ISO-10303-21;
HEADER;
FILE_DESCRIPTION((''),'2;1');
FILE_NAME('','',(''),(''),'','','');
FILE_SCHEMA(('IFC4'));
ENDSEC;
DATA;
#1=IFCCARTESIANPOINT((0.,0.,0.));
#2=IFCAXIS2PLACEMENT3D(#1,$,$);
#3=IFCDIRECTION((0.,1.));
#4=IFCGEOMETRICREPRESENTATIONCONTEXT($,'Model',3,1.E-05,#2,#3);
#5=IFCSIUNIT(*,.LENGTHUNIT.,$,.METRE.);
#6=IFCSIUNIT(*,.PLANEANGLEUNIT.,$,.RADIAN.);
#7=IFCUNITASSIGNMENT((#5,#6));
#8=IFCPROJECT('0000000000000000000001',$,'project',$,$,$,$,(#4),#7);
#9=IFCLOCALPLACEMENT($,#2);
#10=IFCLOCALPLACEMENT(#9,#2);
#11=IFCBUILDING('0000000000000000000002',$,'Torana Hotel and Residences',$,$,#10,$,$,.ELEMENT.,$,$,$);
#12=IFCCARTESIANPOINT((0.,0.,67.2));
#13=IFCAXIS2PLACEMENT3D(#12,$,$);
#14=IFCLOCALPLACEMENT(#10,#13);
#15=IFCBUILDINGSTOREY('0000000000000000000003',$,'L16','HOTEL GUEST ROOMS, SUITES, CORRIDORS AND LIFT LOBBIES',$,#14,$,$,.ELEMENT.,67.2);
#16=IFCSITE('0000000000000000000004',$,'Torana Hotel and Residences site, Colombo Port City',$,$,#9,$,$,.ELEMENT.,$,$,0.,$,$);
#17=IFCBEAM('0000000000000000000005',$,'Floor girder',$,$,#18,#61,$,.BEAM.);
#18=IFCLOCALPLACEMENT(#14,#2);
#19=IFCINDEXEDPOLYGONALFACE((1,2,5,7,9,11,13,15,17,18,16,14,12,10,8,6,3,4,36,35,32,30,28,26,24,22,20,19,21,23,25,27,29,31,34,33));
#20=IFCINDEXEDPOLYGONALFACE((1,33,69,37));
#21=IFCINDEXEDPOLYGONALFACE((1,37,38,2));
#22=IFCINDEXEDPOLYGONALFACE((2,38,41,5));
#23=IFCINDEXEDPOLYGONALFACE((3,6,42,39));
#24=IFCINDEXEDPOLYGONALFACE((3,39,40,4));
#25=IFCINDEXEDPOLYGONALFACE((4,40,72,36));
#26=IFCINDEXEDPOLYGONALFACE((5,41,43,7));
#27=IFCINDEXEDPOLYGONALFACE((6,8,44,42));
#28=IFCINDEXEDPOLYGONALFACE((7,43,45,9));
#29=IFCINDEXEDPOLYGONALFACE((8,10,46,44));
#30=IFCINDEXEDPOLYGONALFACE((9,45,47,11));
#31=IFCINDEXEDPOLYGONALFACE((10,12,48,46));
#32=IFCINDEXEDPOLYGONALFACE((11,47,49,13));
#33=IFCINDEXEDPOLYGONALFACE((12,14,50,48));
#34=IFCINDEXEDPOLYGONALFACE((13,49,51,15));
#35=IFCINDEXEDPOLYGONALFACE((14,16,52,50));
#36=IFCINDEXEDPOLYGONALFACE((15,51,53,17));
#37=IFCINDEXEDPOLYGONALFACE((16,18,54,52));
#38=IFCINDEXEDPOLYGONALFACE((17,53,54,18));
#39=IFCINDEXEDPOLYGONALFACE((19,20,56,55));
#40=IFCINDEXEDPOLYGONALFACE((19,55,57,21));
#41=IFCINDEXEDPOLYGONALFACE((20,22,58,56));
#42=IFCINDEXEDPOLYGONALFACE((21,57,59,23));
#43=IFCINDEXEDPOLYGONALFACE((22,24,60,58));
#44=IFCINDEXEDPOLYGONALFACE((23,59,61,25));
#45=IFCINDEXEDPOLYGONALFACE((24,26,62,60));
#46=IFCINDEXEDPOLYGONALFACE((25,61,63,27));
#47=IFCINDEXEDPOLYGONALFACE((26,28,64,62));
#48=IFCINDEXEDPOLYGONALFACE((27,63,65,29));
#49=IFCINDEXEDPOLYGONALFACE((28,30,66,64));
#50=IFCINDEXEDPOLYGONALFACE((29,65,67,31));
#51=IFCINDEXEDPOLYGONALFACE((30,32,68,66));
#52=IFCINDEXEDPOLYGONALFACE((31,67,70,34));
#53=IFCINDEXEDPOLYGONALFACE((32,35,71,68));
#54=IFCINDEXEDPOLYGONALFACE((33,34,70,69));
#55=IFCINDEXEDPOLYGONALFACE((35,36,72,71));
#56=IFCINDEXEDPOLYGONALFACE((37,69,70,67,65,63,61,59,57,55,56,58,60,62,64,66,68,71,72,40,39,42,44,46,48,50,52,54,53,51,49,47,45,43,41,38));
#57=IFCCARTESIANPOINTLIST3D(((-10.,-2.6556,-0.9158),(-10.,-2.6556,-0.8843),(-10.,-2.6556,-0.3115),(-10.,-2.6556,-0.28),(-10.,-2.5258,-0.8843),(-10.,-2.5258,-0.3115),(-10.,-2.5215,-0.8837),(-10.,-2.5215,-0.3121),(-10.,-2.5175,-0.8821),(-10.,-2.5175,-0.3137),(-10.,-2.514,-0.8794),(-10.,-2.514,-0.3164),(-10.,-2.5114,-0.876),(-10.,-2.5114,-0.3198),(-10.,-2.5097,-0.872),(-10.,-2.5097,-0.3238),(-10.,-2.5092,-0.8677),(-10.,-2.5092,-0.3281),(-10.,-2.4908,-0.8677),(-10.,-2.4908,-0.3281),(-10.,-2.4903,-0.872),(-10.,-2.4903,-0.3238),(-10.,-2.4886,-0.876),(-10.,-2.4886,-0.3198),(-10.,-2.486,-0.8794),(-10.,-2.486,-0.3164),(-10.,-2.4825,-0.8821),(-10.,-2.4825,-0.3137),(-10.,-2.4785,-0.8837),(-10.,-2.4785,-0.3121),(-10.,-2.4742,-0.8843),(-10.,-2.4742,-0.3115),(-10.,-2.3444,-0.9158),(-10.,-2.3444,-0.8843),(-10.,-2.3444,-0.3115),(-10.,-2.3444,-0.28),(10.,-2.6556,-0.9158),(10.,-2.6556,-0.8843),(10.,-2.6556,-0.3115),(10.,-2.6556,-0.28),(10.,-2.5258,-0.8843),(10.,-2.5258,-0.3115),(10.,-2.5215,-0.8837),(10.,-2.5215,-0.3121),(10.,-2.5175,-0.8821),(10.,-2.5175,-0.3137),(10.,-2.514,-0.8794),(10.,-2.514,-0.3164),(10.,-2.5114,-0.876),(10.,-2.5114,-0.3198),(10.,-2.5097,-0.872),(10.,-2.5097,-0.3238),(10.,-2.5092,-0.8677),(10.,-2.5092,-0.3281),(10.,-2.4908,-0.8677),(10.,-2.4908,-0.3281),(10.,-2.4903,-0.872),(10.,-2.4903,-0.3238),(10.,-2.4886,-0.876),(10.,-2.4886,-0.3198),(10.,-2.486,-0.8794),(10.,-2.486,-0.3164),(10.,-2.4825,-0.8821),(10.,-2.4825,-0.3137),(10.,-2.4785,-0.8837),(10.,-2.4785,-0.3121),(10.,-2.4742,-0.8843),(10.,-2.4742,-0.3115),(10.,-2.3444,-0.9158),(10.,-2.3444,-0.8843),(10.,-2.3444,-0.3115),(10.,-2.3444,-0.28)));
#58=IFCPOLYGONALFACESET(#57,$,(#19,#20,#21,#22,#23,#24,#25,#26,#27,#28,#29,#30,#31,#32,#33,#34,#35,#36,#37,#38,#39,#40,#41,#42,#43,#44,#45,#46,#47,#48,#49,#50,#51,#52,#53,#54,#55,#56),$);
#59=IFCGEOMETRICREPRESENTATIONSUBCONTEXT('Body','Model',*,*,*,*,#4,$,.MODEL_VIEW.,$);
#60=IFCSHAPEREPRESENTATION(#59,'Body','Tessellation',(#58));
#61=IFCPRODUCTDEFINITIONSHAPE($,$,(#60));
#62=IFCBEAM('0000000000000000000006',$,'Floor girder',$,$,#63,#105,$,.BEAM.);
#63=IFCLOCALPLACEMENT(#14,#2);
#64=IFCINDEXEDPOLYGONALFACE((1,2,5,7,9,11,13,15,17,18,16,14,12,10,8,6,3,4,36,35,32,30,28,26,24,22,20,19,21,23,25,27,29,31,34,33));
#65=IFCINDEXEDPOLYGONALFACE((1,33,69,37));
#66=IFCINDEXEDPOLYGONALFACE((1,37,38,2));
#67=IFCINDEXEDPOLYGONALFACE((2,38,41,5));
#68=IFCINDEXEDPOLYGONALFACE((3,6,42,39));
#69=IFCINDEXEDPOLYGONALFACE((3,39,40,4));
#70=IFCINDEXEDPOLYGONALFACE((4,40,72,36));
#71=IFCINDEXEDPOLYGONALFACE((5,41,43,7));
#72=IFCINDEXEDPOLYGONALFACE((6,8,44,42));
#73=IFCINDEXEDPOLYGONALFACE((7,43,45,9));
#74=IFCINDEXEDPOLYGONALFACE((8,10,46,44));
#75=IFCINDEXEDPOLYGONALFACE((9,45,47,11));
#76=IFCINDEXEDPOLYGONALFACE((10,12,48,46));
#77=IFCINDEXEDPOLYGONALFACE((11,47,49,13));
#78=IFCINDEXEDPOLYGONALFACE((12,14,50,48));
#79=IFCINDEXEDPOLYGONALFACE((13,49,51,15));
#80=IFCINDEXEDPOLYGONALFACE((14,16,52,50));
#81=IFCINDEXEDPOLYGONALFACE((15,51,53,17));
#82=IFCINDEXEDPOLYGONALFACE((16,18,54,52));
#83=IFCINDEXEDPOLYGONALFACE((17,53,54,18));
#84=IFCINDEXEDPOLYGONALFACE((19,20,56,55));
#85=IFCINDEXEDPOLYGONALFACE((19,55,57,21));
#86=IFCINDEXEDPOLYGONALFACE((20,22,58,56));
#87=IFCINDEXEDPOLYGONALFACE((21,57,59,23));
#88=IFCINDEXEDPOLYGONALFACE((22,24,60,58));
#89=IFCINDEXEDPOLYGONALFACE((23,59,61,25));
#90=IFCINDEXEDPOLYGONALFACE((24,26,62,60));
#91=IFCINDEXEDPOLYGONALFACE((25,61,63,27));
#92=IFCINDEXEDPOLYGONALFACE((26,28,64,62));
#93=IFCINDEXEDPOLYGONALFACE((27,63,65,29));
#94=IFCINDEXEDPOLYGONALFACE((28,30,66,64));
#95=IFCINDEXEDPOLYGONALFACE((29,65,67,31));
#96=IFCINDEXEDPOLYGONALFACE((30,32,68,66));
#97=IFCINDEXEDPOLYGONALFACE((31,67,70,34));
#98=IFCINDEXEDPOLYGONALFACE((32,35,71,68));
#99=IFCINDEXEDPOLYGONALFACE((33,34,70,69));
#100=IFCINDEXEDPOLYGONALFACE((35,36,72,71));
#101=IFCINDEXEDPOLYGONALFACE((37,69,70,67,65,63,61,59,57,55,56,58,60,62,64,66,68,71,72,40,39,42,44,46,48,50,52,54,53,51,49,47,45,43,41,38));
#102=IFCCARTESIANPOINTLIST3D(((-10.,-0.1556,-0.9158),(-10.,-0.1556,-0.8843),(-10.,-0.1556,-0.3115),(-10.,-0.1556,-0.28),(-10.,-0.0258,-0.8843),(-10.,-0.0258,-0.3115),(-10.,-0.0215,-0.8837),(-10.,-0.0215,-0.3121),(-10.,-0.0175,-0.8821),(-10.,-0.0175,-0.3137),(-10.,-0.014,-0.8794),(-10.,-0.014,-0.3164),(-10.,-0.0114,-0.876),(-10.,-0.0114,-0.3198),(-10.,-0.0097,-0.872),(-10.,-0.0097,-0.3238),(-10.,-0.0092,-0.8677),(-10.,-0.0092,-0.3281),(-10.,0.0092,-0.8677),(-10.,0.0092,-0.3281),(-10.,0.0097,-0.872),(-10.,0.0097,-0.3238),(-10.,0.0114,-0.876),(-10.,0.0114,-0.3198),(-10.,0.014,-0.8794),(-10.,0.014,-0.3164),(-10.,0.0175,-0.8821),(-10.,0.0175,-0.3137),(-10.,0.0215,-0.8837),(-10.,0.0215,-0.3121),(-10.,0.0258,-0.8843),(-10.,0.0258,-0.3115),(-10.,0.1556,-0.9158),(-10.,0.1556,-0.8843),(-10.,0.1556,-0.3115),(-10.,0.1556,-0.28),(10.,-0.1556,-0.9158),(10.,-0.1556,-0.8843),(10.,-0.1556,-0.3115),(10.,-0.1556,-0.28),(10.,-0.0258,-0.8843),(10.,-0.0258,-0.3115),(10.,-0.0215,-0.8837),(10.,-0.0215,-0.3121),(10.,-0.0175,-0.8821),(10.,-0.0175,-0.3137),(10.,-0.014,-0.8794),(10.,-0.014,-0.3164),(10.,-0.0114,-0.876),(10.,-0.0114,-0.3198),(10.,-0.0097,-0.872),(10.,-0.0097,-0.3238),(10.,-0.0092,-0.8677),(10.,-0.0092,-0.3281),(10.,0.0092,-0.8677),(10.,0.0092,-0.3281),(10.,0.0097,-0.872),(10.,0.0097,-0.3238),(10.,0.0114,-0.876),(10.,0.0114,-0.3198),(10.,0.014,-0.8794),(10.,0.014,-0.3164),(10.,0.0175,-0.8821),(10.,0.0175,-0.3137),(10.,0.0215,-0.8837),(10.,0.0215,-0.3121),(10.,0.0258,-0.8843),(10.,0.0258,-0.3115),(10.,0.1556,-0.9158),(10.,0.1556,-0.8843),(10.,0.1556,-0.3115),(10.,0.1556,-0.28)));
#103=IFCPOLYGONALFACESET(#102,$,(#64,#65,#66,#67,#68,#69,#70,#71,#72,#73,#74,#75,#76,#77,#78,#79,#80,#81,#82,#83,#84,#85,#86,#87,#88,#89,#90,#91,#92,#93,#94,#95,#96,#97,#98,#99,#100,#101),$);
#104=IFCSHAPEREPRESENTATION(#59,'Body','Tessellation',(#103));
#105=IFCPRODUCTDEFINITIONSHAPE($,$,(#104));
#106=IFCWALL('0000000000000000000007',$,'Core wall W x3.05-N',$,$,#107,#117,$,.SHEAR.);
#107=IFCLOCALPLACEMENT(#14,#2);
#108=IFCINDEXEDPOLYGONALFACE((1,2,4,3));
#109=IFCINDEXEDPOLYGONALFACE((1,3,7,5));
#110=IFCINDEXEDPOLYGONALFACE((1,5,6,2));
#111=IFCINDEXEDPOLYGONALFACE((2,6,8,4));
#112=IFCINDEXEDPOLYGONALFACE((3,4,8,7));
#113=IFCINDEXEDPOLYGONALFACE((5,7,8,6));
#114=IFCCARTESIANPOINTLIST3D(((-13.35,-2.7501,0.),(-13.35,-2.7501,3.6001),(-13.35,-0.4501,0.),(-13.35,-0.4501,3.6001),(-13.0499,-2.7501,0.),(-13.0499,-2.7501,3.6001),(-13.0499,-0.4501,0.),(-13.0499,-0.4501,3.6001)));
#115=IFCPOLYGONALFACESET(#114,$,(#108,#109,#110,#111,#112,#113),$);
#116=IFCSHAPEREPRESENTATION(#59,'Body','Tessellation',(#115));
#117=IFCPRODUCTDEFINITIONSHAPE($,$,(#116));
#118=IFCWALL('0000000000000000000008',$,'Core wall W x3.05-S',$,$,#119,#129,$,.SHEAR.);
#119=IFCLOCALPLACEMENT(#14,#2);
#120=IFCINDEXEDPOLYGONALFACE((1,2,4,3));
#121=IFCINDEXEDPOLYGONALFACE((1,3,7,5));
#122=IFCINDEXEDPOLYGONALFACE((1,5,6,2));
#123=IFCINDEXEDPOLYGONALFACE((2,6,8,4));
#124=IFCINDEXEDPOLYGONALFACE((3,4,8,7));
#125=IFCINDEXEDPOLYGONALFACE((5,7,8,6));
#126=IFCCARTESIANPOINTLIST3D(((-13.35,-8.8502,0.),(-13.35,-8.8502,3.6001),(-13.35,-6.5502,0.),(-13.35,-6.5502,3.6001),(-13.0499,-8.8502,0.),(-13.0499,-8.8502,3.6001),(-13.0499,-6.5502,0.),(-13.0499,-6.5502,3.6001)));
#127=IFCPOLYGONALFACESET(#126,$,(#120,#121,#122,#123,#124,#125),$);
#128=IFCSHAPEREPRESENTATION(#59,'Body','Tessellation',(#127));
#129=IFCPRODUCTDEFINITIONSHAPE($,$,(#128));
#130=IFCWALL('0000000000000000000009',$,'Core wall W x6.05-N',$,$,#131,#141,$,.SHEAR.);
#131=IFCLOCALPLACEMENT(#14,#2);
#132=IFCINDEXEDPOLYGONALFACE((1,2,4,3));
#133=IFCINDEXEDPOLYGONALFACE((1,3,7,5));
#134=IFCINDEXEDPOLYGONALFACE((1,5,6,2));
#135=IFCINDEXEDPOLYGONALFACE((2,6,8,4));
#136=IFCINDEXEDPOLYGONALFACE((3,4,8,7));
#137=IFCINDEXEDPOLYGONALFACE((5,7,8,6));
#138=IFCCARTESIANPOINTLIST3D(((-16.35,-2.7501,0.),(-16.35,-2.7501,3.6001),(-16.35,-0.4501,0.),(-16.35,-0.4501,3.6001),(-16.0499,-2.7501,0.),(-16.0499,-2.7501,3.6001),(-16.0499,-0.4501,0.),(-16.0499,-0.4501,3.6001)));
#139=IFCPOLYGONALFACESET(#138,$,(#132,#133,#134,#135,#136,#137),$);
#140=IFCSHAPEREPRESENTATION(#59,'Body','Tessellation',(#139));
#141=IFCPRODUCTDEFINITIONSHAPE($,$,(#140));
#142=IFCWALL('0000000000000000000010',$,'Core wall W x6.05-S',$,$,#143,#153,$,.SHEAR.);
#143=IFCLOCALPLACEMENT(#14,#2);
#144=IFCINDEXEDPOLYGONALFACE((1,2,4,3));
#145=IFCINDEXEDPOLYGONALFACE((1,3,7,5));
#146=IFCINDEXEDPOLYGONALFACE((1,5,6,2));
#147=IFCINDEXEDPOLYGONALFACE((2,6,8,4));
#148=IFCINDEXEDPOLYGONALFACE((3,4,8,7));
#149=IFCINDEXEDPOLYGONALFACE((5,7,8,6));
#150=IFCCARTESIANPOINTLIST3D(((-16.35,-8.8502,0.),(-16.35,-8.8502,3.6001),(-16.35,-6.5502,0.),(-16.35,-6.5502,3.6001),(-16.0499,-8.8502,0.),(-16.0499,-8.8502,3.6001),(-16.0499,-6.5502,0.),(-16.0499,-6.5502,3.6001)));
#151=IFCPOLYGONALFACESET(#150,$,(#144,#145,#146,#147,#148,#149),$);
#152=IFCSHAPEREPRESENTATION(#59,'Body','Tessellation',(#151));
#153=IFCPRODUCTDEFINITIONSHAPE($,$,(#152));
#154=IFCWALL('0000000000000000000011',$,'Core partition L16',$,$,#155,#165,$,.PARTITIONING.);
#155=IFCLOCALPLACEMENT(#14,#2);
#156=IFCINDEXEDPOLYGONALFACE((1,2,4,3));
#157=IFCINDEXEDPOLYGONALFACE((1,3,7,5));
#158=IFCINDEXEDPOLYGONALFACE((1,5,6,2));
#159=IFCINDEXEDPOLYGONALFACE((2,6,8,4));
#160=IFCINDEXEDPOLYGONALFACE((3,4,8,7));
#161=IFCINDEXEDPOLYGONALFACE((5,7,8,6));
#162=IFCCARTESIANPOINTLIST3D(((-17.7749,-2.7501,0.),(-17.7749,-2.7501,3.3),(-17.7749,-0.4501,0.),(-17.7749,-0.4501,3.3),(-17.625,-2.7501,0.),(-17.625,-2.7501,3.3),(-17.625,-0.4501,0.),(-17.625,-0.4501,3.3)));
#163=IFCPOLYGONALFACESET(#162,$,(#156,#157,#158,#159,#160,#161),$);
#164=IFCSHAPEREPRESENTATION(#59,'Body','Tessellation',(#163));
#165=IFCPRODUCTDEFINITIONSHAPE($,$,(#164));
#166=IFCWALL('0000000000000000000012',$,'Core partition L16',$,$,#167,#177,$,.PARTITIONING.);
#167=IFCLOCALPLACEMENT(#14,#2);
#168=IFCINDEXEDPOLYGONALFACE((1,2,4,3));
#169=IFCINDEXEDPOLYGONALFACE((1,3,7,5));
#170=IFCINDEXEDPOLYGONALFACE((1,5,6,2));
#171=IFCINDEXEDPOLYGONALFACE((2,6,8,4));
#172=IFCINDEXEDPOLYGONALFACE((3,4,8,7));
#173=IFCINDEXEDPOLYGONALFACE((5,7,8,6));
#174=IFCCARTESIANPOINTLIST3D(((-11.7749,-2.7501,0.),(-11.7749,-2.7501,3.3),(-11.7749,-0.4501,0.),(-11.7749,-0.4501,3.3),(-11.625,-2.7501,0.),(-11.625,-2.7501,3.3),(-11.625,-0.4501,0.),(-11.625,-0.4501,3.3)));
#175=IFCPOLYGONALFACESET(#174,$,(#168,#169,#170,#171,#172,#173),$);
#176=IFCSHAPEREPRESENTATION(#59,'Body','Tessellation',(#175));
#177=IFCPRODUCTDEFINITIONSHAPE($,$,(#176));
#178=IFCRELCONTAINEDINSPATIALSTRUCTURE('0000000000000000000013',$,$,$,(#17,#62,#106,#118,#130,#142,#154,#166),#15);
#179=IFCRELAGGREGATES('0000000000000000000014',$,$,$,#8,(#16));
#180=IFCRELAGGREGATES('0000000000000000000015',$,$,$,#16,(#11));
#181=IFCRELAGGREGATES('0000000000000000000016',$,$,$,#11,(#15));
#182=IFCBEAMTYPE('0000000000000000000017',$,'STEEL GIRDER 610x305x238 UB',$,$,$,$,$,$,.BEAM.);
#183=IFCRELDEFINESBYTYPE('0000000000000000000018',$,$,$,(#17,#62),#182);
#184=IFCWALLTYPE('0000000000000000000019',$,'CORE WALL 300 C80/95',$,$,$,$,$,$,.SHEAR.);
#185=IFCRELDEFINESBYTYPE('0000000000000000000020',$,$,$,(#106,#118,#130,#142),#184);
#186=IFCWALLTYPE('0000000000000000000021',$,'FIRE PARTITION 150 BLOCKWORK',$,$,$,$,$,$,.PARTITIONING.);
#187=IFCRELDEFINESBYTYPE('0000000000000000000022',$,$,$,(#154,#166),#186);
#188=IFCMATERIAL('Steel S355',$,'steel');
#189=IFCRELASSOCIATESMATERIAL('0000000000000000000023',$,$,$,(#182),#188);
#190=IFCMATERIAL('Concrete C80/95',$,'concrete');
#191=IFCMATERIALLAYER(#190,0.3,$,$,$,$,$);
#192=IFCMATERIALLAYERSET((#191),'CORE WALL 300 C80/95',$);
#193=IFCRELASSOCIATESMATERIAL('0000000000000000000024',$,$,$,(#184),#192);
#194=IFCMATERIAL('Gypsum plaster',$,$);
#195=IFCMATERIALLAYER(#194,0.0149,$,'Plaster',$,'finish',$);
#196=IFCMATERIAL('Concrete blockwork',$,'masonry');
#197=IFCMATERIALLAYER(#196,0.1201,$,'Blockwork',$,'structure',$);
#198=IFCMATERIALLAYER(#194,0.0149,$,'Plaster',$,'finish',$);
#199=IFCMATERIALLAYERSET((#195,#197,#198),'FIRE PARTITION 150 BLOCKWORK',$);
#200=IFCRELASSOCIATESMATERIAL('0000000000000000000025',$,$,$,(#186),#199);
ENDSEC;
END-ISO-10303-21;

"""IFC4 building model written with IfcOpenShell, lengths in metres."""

from ifc_helpers import new_model, si_unit, direction, frame, frame_2d, origin, origin_2d, place, context, subcontext, project, spatial, rectangle, i_section, extrude, material, layer, layer_set, material_profile, profile_set, type_object, element, save


model = new_model("IFC4")

# Units and contexts
model_context = context("Model", 3, precision=1e-05, world=origin(), true_north=direction((0.0, 1.0)))
body_context = subcontext(model_context, "Body", "Model", "MODEL_VIEW")
ifc_project = project(units=[si_unit("LENGTHUNIT", "METRE"), si_unit("PLANEANGLEUNIT", "RADIAN")], contexts=[model_context])

# Site, building, storey
site_placement = place(None, origin())
site = spatial("IfcSite", under=ifc_project, at=site_placement, Name="Torana Hotel and Residences site, Colombo Port City", CompositionType="ELEMENT", RefElevation=0.0)
building_placement = place(site_placement, origin())
building = spatial("IfcBuilding", under=site, at=building_placement, Name="Torana Hotel and Residences", CompositionType="ELEMENT")
storey_placement = place(building_placement, frame((0.0, 0.0, 67.2)))
storey = spatial("IfcBuildingStorey", under=building, at=storey_placement, Name="L16", Description="HOTEL GUEST ROOMS, SUITES, CORRIDORS AND LIFT LOBBIES", CompositionType="ELEMENT", Elevation=67.2)

# Beams
ifc_material_1 = material(Name="Steel S355", Category="steel")
ifc_material_profile = material_profile(ifc_material_1, i_section(OverallWidth=0.3113, OverallDepth=0.6357, WebThickness=0.0183, FlangeThickness=0.0315, FilletRadius=0.0166, at=origin_2d()), Name="610x305x238 UB")
ifc_profile_set = profile_set([ifc_material_profile], Name="Steel S355")
beam_type = type_object("IfcBeamType", Name="STEEL GIRDER 610x305x238 UB", PredefinedType="BEAM", material=ifc_profile_set)
for number, where, z_axis, x_axis, name in (
    (1, (-10.0, -2.5, -0.5979), (1.0, 0.0, 0.0), (0.0, 1.0, 0.0), "Floor girder"),
    (2, (-10.0, 0.0, -0.5979), (1.0, 0.0, 0.0), (0.0, 1.0, 0.0), "Floor girder"),
):
    element("IfcBeam", number, at=place(storey_placement, frame(where, z_axis=z_axis, x_axis=x_axis)), inside=storey, type_object=beam_type, Name=name, PredefinedType="BEAM", context=body_context, shape_type="SweptSolid", body=[
        extrude(i_section(OverallWidth=0.3113, OverallDepth=0.6357, WebThickness=0.0183, FlangeThickness=0.0315, FilletRadius=0.0166, at=origin_2d()), origin(), (0.0, 0.0, 1.0), 20.0),
    ])

# Walls
ifc_material_2 = material(Name="Concrete C80/95", Category="concrete")
ifc_layer_1 = layer(ifc_material_2, 0.3)
ifc_layer_set_1 = layer_set([ifc_layer_1], Name="CORE WALL 300 C80/95")
wall_type_1 = type_object("IfcWallType", Name="CORE WALL 300 C80/95", PredefinedType="SHEAR", material=ifc_layer_set_1)
for number, where, z_axis, x_axis, name in (
    (3, (-13.2, -2.75, 0.0), (0.0, 0.0, 1.0), (0.0, 1.0, 0.0), "Core wall W x3.05-N"),
    (4, (-13.2, -8.8501, 0.0), (0.0, 0.0, 1.0), (0.0, 1.0, 0.0), "Core wall W x3.05-S"),
    (5, (-16.2, -2.75, 0.0), (0.0, 0.0, 1.0), (0.0, 1.0, 0.0), "Core wall W x6.05-N"),
    (6, (-16.2, -8.8501, 0.0), (0.0, 0.0, 1.0), (0.0, 1.0, 0.0), "Core wall W x6.05-S"),
):
    element("IfcWall", number, at=place(storey_placement, frame(where, z_axis=z_axis, x_axis=x_axis)), inside=storey, type_object=wall_type_1, Name=name, PredefinedType="SHEAR", context=body_context, shape_type="SweptSolid", body=[
        extrude(rectangle(XDim=2.3, YDim=0.3, at=frame_2d((1.1499, 0.0))), origin(), (0.0, 0.0, 1.0), 3.6001),
    ])
ifc_material_3 = material(Name="Gypsum plaster")
ifc_layer_2 = layer(ifc_material_3, 0.0149, Name="Plaster", Category="finish")
ifc_material_4 = material(Name="Concrete blockwork", Category="masonry")
ifc_layer_3 = layer(ifc_material_4, 0.1201, Name="Blockwork", Category="structure")
ifc_layer_4 = layer(ifc_material_3, 0.0149, Name="Plaster", Category="finish")
ifc_layer_set_2 = layer_set([ifc_layer_2, ifc_layer_3, ifc_layer_4], Name="FIRE PARTITION 150 BLOCKWORK")
wall_type_2 = type_object("IfcWallType", Name="FIRE PARTITION 150 BLOCKWORK", PredefinedType="PARTITIONING", material=ifc_layer_set_2)
for number, where, z_axis, x_axis, name in (
    (7, (-17.7, -2.75, 0.0), (0.0, 0.0, 1.0), (0.0, 1.0, 0.0), "Core partition L16"),
    (8, (-11.7, -2.75, 0.0), (0.0, 0.0, 1.0), (0.0, 1.0, 0.0), "Core partition L16"),
):
    element("IfcWall", number, at=place(storey_placement, frame(where, z_axis=z_axis, x_axis=x_axis)), inside=storey, type_object=wall_type_2, Name=name, PredefinedType="PARTITIONING", context=body_context, shape_type="SweptSolid", body=[
        extrude(rectangle(XDim=2.3, YDim=0.1499, at=frame_2d((1.1499, 0.0))), origin(), (0.0, 0.0, 1.0), 3.3),
    ])

save(model, "model.ifc")
